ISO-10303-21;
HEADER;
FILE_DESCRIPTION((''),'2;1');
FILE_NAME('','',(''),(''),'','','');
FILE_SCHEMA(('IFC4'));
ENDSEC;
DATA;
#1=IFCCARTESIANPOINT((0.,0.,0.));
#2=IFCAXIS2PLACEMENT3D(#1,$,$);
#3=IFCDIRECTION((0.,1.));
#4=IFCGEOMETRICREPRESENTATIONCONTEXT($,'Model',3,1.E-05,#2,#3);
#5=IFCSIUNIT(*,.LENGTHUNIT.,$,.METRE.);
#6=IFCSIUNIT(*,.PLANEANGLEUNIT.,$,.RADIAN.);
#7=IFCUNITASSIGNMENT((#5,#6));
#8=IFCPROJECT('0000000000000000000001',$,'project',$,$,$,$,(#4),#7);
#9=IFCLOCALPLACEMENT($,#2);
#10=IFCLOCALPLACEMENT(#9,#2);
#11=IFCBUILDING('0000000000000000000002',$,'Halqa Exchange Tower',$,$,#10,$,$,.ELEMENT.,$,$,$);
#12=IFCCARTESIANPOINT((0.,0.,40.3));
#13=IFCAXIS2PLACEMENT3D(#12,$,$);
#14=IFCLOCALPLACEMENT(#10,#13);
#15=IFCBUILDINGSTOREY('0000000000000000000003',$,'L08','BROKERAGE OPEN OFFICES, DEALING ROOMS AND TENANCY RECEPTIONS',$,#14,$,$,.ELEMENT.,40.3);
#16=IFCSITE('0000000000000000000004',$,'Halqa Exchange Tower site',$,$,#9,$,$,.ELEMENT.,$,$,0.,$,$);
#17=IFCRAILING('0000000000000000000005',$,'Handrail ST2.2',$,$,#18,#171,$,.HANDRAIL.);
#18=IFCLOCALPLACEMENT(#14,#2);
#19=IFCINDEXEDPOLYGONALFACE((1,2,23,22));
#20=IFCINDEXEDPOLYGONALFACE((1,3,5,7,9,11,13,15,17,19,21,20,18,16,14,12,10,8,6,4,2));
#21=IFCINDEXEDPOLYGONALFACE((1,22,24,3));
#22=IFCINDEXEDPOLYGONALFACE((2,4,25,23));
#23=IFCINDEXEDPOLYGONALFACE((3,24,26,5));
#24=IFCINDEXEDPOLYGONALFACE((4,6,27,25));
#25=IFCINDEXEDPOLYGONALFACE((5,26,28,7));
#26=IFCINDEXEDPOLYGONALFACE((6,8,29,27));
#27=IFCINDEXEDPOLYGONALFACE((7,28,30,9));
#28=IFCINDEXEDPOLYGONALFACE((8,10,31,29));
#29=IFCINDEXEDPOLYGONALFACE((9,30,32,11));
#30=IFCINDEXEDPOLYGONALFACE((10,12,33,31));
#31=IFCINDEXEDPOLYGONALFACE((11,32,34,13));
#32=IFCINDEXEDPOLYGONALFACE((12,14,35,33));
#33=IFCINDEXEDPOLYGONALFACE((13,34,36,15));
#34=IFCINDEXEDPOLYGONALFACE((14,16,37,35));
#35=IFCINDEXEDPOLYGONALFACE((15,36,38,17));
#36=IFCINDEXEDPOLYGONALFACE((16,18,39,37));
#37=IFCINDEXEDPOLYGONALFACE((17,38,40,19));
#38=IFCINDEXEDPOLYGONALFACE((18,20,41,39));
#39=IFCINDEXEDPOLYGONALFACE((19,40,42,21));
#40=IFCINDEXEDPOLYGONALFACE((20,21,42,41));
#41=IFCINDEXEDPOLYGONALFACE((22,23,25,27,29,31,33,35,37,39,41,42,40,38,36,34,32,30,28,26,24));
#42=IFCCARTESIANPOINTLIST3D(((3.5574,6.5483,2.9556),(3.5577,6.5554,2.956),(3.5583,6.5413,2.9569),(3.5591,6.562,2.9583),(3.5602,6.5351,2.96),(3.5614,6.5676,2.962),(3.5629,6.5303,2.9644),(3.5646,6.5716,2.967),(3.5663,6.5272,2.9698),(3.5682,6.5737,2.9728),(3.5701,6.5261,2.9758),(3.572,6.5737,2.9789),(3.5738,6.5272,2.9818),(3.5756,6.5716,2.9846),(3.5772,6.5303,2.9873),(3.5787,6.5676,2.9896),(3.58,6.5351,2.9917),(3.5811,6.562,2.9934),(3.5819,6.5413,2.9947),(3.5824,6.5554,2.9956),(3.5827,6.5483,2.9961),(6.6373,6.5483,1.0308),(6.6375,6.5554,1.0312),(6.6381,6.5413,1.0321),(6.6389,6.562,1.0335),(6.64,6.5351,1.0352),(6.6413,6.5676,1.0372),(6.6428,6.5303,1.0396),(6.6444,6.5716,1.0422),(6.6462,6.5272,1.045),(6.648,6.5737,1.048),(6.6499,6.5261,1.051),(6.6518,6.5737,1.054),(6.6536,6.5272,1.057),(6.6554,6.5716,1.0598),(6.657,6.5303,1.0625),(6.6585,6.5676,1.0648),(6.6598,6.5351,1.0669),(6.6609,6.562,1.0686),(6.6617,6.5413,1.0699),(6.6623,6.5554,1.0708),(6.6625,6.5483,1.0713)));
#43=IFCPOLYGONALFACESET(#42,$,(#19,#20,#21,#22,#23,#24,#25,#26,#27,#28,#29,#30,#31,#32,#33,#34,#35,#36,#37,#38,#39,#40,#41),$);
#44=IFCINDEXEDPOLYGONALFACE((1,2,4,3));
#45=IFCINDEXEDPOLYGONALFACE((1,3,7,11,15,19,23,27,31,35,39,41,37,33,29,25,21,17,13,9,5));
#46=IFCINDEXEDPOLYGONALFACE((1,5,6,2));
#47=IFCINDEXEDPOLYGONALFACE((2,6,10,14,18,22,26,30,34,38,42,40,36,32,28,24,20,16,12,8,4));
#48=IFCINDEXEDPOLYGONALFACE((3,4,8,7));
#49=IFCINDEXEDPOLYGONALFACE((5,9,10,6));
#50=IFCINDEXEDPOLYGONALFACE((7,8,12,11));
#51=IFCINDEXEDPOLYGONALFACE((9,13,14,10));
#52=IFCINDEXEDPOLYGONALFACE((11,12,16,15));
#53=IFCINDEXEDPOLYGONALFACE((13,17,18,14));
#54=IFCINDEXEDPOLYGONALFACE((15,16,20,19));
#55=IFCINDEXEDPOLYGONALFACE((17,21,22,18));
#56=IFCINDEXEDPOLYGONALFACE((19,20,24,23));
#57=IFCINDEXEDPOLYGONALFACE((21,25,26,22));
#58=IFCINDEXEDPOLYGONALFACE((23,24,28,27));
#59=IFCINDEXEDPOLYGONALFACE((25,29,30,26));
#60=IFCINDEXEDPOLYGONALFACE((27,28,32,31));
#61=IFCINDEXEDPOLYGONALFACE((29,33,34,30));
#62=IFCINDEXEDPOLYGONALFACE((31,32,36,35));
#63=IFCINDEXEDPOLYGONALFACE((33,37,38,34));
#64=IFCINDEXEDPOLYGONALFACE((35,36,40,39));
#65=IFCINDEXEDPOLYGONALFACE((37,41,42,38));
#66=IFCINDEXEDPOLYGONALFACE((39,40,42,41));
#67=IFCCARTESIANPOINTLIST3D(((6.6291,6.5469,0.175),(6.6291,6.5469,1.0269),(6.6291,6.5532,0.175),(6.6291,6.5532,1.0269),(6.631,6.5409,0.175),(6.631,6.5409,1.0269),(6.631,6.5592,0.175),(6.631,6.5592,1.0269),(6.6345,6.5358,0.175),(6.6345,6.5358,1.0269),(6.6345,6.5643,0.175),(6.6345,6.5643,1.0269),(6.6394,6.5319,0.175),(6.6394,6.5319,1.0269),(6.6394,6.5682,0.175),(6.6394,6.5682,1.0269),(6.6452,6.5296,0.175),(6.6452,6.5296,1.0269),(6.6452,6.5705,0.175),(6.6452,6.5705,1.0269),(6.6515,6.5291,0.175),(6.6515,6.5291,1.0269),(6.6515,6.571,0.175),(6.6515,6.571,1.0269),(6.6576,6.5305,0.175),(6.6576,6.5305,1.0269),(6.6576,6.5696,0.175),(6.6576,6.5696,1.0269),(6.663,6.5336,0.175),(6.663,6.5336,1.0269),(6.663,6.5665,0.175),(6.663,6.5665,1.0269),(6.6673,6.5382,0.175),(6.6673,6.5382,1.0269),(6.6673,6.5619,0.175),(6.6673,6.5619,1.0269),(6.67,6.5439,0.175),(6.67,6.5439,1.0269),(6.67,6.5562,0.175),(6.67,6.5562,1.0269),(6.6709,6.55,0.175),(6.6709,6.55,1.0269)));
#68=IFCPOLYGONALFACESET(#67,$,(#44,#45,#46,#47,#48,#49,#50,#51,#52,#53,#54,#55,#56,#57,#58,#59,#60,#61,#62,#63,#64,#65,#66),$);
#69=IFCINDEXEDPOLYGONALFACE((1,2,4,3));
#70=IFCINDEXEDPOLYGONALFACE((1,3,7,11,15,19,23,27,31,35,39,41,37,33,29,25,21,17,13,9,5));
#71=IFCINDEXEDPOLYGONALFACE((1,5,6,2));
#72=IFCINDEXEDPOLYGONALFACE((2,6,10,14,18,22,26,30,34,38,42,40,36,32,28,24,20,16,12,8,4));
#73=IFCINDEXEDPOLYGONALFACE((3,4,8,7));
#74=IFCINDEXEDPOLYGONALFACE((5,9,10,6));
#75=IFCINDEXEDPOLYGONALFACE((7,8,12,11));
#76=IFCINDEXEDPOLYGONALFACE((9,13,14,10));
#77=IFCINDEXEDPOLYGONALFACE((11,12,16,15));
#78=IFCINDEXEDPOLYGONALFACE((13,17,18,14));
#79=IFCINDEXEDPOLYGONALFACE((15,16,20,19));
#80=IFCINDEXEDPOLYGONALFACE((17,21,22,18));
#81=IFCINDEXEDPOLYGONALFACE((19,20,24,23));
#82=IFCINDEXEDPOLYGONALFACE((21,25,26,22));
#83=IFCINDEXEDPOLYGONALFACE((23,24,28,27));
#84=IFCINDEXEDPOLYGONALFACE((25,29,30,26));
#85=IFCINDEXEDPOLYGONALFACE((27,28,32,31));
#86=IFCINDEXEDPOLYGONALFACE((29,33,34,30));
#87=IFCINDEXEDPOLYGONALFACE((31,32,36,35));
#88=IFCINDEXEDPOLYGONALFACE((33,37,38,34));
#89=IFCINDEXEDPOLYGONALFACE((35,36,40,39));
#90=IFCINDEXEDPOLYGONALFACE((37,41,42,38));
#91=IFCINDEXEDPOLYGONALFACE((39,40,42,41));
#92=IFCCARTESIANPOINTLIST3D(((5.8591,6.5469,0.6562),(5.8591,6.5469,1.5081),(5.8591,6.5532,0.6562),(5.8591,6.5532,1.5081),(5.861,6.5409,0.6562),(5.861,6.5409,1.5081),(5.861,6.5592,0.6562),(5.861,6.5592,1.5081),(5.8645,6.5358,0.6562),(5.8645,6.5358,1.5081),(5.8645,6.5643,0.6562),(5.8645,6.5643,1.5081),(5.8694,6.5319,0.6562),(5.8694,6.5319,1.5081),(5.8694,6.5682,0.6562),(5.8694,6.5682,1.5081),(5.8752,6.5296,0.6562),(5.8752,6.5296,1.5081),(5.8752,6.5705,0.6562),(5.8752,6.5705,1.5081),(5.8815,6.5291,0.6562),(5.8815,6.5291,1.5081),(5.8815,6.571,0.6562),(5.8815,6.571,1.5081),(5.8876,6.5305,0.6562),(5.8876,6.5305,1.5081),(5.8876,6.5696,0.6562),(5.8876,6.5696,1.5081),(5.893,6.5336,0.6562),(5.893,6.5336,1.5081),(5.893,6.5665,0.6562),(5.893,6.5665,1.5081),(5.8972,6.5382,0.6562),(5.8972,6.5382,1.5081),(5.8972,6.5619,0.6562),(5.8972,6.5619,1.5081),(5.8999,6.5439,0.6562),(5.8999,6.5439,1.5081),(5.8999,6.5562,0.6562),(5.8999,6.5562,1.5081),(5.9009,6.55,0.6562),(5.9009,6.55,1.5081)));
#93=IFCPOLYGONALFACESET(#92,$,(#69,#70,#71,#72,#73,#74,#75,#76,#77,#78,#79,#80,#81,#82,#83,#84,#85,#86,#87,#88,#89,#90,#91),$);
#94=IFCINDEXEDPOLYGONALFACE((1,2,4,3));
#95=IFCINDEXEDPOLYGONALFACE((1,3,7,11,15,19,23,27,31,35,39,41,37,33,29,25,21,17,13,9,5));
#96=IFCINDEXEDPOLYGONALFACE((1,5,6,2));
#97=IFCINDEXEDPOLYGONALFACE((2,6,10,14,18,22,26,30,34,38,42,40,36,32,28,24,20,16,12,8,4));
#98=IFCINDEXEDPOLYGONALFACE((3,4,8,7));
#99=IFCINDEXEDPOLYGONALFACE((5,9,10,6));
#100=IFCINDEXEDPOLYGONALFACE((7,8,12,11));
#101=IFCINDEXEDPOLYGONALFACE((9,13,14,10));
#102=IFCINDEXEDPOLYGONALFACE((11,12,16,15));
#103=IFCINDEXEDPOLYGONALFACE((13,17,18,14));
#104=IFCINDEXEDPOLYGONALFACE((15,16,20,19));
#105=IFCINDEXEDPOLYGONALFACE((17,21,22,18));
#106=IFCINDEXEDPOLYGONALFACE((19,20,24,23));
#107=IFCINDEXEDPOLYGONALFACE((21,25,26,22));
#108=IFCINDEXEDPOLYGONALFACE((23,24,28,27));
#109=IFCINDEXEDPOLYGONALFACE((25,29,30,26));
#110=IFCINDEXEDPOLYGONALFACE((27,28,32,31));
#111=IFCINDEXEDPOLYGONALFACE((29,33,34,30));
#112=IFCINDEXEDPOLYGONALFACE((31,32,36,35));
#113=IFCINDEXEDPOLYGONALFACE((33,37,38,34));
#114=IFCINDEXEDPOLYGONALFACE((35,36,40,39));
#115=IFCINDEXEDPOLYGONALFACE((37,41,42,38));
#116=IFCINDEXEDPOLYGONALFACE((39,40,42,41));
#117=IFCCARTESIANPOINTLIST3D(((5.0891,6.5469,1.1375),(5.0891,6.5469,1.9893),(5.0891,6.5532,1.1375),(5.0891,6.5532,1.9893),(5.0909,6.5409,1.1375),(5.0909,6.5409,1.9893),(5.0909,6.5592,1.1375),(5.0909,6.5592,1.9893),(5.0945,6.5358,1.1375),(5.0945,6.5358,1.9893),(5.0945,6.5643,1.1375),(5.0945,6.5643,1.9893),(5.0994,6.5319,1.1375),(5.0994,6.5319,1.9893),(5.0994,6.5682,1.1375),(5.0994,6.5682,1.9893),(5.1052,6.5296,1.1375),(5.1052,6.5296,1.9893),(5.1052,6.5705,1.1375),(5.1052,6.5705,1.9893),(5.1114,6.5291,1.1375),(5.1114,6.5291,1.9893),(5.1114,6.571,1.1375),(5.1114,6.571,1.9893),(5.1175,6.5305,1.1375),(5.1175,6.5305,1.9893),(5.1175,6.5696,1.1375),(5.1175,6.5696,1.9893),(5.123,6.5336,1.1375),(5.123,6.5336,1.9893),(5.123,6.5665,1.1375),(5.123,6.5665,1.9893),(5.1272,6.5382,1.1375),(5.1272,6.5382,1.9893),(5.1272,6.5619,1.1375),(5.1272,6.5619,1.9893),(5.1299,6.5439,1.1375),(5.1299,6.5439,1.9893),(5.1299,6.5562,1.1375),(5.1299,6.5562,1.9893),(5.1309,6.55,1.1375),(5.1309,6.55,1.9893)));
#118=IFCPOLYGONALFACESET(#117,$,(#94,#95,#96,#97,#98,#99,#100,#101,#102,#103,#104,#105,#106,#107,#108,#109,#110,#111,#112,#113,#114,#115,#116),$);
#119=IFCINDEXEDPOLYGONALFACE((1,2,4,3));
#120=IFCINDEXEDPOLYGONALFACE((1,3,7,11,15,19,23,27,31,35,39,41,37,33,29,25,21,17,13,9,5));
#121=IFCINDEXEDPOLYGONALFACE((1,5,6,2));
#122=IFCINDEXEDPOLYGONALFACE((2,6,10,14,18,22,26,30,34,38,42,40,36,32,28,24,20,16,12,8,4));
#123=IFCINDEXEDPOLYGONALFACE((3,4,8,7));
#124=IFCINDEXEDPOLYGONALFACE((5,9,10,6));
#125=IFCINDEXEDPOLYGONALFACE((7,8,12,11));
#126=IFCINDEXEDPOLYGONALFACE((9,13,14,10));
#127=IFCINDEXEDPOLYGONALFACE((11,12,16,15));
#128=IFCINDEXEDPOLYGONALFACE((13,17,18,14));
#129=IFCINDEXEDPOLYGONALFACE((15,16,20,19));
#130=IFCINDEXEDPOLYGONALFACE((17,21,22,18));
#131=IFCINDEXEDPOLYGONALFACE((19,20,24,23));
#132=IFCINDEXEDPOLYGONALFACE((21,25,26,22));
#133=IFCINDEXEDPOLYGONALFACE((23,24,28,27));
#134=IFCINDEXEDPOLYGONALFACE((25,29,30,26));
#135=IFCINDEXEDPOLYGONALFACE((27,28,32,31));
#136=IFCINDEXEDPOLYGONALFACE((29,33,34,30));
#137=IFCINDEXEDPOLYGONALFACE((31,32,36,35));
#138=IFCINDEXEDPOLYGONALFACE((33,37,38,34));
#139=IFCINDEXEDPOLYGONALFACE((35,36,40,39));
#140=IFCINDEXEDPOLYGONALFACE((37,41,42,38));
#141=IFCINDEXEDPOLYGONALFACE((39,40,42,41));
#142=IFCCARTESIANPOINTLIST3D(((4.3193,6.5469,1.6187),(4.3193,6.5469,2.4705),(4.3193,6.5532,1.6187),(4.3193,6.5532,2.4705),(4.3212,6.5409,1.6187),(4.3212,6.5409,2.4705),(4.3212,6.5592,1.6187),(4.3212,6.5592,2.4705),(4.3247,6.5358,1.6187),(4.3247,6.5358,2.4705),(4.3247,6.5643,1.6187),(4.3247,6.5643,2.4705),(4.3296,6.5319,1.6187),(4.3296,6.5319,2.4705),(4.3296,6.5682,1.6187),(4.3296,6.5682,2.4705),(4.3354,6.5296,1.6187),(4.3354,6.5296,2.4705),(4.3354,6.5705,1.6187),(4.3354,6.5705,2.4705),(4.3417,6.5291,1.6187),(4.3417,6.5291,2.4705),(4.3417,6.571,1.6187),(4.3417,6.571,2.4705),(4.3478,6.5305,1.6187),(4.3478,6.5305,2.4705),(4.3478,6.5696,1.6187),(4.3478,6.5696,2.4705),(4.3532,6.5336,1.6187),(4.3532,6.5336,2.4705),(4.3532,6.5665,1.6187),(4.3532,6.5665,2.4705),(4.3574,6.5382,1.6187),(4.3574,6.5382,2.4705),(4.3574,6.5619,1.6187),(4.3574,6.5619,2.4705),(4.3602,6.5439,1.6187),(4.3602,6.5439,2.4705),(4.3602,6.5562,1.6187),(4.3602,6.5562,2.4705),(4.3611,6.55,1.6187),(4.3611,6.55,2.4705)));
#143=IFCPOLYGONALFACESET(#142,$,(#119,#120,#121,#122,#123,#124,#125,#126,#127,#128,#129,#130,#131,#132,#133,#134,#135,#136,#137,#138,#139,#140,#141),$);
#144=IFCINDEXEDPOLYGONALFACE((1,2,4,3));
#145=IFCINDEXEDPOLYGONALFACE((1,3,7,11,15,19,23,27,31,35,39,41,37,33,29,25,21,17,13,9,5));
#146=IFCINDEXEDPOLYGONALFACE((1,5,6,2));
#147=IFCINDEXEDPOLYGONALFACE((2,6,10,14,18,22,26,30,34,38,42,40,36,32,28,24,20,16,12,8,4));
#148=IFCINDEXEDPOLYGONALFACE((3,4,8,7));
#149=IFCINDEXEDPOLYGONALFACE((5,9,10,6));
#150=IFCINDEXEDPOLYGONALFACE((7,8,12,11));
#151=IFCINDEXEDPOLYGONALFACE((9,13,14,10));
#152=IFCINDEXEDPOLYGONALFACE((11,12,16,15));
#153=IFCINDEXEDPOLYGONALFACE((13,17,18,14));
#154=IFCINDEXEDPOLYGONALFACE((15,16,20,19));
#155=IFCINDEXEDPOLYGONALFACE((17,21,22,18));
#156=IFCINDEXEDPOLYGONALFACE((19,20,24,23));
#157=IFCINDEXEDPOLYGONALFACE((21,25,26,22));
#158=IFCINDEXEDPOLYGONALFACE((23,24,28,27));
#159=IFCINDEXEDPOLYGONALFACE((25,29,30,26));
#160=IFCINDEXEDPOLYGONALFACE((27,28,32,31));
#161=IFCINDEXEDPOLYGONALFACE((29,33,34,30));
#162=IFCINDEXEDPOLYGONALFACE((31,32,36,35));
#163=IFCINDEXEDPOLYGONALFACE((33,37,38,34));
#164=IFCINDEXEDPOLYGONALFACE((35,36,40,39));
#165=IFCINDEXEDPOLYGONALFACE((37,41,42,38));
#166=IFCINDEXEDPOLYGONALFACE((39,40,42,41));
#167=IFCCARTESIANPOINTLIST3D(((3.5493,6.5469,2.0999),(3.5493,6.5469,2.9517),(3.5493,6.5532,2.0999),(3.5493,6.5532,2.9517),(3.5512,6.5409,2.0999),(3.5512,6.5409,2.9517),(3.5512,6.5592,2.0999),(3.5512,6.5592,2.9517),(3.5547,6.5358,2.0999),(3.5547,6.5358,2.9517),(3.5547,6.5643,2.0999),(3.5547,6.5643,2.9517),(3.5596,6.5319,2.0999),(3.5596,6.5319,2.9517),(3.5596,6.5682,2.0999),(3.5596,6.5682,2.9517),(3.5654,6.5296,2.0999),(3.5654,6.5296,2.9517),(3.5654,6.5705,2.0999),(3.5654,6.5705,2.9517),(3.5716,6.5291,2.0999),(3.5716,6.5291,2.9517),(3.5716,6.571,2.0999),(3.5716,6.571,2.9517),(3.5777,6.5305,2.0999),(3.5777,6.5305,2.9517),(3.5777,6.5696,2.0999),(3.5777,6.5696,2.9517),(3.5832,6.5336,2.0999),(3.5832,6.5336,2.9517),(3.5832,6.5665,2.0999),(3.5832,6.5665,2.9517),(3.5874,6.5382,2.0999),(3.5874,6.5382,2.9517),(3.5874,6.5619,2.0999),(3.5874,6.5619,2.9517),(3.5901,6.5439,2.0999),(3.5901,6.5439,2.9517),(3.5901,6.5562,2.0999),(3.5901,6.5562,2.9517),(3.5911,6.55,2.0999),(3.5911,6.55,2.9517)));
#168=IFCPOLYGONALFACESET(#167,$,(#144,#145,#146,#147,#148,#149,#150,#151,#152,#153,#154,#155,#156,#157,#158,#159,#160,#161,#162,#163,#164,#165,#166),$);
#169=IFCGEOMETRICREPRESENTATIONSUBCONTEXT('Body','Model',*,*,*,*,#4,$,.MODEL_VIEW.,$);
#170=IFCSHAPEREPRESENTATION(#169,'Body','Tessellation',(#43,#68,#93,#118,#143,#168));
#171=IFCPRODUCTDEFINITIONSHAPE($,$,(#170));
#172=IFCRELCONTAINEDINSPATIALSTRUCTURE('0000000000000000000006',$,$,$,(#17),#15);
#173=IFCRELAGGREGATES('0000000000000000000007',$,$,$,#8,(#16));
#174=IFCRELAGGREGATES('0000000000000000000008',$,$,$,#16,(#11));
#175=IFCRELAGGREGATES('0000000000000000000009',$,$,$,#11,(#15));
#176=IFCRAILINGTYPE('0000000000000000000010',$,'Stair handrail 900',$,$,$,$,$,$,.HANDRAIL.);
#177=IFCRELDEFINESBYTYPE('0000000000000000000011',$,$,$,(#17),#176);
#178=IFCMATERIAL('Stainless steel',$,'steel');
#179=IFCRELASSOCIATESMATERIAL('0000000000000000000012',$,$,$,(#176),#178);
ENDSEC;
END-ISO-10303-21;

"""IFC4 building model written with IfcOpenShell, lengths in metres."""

from ifc_helpers import new_model, si_unit, direction, frame, origin, origin_2d, place, context, subcontext, project, spatial, circle, extrude, material, type_object, element, save


model = new_model("IFC4")

# Units and contexts
model_context = context("Model", 3, precision=1e-05, world=origin(), true_north=direction((0.0, 1.0)))
body_context = subcontext(model_context, "Body", "Model", "MODEL_VIEW")
ifc_project = project(units=[si_unit("LENGTHUNIT", "METRE"), si_unit("PLANEANGLEUNIT", "RADIAN")], contexts=[model_context])

# Site, building, storey
site_placement = place(None, origin())
site = spatial("IfcSite", under=ifc_project, at=site_placement, Name="Halqa Exchange Tower site", CompositionType="ELEMENT", RefElevation=0.0)
building_placement = place(site_placement, origin())
building = spatial("IfcBuilding", under=site, at=building_placement, Name="Halqa Exchange Tower", CompositionType="ELEMENT")
storey_placement = place(building_placement, frame((0.0, 0.0, 40.3)))
storey = spatial("IfcBuildingStorey", under=building, at=storey_placement, Name="L08", Description="BROKERAGE OPEN OFFICES, DEALING ROOMS AND TENANCY RECEPTIONS", CompositionType="ELEMENT", Elevation=40.3)

# Railing
ifc_material_1 = material(Name="Stainless steel", Category="steel")
railing_type_1 = type_object("IfcRailingType", Name="Stair handrail 900", PredefinedType="HANDRAIL", material=ifc_material_1)
railing_1_placement = place(storey_placement, frame((6.6499, 6.55, 0.175)))
element("IfcRailing", 1, at=railing_1_placement, inside=storey, type_object=railing_type_1, Name="Handrail ST2.2", PredefinedType="HANDRAIL", context=body_context, shape_type="SweptSolid", body=[
    extrude(circle(Radius=0.0239, at=origin_2d()), frame((0.0, 0.0, 0.876), z_axis=(-0.84801, 0.0, 0.529981), x_axis=(0.0, -1.0, 0.0)), (0.0, 0.0, 1.0), 3.6318),
    extrude(circle(Radius=0.021, at=origin_2d()), origin(), (0.0, 0.0, 1.0), 0.8518),
    extrude(circle(Radius=0.021, at=origin_2d()), frame((-0.77, 0.0, 0.4812)), (0.0, 0.0, 1.0), 0.8518),
    extrude(circle(Radius=0.021, at=origin_2d()), frame((-1.54, 0.0, 0.9624)), (0.0, 0.0, 1.0), 0.8518),
    extrude(circle(Radius=0.021, at=origin_2d()), frame((-2.3098, 0.0, 1.4436)), (0.0, 0.0, 1.0), 0.8518),
    extrude(circle(Radius=0.021, at=origin_2d()), frame((-3.0798, 0.0, 1.9248)), (0.0, 0.0, 1.0), 0.8518),
])

save(model, "model.ifc")
